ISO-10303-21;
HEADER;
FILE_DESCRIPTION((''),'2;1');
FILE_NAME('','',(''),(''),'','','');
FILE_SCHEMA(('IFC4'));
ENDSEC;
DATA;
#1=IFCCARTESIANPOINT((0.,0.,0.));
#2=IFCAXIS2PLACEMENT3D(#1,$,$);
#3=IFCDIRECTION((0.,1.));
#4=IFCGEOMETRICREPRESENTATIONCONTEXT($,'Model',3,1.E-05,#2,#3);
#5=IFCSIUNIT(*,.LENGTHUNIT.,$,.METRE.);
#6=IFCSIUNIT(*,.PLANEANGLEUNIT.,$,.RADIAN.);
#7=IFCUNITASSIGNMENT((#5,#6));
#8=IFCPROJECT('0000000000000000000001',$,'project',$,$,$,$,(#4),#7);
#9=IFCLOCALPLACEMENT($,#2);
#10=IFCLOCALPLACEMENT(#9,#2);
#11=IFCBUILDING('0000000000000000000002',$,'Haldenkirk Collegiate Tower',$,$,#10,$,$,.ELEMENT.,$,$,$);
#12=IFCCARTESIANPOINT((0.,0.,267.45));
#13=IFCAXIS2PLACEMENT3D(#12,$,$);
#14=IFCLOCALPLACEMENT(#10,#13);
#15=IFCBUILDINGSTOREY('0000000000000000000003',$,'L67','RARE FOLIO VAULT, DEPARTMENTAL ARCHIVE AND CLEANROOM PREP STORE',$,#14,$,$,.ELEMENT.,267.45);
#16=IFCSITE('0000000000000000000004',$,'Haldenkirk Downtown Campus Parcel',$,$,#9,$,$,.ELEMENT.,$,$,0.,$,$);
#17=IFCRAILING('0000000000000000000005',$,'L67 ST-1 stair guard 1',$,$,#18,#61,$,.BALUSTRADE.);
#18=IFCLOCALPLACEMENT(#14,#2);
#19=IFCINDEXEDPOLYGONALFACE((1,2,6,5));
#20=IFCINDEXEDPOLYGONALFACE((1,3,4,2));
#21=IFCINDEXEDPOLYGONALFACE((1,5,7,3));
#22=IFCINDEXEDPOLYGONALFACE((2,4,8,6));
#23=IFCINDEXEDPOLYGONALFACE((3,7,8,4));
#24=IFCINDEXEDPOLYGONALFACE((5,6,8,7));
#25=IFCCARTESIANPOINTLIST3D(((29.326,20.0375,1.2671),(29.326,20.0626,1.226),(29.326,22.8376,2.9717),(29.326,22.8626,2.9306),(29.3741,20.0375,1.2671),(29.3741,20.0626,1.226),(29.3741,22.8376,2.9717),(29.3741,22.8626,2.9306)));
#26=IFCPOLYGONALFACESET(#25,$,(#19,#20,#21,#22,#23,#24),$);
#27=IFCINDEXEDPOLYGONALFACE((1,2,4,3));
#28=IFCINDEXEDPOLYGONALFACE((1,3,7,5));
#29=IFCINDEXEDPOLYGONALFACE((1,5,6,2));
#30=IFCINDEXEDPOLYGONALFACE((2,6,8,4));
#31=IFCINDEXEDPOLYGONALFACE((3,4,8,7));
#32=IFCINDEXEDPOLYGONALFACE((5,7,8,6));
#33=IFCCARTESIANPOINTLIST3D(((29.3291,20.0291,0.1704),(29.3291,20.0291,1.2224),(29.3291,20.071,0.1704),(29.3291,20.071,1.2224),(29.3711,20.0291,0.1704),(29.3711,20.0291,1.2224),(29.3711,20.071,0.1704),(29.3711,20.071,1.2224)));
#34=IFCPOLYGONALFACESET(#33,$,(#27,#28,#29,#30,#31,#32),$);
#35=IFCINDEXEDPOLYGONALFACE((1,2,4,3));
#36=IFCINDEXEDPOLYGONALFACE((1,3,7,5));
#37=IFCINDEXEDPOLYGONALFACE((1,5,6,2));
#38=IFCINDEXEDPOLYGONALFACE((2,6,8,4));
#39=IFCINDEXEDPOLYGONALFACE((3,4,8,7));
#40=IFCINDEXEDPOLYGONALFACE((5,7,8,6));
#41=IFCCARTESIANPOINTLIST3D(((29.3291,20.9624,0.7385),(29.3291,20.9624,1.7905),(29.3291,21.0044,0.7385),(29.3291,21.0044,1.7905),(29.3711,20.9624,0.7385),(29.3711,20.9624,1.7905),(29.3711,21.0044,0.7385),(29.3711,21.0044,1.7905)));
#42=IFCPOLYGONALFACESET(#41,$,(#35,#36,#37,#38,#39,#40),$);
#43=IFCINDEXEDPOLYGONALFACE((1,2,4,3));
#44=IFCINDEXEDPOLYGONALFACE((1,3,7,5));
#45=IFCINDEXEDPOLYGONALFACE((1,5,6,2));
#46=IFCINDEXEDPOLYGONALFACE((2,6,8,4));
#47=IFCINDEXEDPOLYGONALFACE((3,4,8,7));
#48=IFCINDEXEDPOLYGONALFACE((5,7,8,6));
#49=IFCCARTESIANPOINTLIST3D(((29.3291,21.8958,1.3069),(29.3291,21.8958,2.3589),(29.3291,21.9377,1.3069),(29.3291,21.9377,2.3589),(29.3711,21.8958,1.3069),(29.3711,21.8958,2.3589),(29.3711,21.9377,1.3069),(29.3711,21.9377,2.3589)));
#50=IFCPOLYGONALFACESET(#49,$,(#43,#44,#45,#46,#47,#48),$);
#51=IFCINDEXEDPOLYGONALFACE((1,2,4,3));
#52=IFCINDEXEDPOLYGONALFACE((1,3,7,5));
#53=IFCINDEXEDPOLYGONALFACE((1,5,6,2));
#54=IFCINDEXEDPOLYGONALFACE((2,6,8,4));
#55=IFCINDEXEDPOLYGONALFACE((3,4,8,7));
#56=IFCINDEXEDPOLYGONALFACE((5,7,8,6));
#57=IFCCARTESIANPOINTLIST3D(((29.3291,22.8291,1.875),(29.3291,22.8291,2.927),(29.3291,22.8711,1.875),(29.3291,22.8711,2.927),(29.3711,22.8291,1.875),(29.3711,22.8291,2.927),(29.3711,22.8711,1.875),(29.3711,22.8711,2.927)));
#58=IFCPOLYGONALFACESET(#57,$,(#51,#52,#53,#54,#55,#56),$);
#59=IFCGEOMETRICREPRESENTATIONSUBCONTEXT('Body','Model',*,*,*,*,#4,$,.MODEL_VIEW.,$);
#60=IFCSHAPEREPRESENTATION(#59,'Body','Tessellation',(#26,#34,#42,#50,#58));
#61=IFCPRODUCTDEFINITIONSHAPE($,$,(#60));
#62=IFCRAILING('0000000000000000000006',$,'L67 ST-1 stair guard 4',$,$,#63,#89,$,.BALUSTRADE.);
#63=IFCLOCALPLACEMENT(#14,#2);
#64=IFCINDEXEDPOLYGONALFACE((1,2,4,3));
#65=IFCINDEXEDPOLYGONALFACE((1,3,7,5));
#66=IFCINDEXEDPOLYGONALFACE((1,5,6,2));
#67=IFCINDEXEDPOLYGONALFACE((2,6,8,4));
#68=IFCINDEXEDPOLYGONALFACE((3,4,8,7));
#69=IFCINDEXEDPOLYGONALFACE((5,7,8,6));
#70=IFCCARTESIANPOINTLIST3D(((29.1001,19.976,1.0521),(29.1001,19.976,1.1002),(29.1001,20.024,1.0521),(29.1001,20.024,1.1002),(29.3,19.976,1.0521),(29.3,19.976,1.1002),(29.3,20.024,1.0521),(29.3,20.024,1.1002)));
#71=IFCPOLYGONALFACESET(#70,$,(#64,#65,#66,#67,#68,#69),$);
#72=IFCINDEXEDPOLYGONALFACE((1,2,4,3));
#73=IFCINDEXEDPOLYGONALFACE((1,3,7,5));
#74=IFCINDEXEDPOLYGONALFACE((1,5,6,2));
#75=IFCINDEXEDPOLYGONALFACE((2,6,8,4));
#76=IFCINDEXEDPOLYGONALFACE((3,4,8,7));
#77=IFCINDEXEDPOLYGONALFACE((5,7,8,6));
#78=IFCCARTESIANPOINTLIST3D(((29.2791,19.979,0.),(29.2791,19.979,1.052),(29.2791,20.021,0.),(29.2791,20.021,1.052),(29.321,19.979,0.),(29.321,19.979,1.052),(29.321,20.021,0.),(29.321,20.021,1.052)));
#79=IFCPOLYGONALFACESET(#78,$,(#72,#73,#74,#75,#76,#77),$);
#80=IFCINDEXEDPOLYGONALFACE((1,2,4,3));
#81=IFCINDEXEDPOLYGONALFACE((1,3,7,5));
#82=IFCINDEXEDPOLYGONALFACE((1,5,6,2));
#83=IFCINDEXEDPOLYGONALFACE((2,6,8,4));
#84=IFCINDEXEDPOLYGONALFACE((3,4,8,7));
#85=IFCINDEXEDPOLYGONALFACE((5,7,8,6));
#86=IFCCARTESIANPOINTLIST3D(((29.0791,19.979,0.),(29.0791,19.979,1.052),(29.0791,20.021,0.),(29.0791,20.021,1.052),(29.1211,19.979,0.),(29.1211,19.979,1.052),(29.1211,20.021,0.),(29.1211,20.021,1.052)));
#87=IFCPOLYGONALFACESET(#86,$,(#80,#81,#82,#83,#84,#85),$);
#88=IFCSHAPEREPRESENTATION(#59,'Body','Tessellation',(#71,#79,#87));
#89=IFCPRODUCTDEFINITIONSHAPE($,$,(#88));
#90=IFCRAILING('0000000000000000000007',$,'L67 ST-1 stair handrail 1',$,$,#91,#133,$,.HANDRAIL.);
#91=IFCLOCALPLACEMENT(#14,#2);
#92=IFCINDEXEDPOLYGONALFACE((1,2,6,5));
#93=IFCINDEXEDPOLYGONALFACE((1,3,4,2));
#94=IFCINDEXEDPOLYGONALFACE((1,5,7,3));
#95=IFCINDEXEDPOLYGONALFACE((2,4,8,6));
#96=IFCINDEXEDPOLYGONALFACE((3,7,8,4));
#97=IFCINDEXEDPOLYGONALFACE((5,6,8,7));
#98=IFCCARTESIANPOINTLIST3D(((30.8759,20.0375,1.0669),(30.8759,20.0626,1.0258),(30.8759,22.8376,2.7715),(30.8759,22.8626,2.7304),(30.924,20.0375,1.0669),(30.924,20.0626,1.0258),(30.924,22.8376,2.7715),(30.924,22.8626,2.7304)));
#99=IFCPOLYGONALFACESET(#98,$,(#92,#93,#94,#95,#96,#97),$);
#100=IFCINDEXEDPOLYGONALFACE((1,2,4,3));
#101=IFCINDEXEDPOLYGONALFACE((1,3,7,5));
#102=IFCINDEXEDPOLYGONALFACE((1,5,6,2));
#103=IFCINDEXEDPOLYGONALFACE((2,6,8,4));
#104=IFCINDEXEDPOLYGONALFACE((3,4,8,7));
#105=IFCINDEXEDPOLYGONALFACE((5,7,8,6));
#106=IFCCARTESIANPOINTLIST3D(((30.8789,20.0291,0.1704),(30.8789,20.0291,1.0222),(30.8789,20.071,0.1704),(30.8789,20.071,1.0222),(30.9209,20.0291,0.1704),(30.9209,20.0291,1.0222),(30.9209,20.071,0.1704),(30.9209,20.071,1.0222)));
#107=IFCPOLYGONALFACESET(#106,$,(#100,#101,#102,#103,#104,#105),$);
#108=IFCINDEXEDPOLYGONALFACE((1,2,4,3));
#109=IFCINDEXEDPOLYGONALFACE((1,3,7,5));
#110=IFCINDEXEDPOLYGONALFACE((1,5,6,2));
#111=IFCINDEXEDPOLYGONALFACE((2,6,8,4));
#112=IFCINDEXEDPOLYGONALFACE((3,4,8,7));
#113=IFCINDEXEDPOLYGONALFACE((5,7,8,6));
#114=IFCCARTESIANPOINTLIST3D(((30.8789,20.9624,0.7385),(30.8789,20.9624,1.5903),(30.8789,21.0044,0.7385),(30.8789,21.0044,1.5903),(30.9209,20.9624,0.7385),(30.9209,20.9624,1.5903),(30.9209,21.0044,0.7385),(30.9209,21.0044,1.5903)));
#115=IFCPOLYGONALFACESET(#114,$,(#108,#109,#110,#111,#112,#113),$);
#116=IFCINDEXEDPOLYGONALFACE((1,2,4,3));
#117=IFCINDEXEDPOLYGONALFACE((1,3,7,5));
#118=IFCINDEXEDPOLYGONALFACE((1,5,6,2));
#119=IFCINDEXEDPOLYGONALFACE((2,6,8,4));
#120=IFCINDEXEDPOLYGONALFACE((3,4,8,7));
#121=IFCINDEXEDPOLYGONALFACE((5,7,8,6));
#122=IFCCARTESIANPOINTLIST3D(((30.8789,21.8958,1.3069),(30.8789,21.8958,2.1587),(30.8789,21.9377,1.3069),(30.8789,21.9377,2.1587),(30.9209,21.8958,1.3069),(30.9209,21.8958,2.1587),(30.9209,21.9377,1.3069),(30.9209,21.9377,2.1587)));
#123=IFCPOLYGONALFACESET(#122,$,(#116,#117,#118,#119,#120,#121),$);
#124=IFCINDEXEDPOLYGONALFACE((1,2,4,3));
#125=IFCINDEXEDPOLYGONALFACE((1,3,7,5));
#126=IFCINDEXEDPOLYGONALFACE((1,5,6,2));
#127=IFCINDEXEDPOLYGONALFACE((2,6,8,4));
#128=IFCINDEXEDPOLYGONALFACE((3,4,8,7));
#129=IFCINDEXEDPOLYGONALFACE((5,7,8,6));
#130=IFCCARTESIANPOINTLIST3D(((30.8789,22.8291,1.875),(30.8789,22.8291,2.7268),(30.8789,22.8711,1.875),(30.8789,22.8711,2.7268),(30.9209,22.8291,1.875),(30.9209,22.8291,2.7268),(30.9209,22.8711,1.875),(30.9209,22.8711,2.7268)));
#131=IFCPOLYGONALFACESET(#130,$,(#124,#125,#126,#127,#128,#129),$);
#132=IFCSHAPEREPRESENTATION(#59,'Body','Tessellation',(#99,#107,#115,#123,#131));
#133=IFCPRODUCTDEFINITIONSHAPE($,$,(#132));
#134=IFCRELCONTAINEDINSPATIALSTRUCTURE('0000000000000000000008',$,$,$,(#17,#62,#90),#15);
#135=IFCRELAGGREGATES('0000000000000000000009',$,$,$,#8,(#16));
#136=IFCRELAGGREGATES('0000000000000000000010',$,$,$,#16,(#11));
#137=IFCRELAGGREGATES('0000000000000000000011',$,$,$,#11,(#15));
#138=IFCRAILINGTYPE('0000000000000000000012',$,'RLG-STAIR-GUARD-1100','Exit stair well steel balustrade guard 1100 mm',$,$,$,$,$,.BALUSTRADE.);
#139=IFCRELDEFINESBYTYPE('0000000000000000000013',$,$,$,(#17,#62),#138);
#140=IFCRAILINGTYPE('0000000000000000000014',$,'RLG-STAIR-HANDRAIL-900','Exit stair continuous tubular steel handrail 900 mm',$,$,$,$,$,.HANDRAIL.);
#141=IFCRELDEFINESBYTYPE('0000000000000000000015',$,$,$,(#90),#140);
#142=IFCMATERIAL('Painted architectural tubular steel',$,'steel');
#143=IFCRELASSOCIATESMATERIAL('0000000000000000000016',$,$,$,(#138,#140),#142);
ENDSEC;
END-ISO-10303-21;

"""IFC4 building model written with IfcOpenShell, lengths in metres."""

from ifc_helpers import new_model, si_unit, direction, frame, origin, origin_2d, place, context, subcontext, project, spatial, rectangle, extrude, material, type_object, element, save


model = new_model("IFC4")

# Units and contexts
model_context = context("Model", 3, precision=1e-05, world=origin(), true_north=direction((0.0, 1.0)))
body_context = subcontext(model_context, "Body", "Model", "MODEL_VIEW")
ifc_project = project(units=[si_unit("LENGTHUNIT", "METRE"), si_unit("PLANEANGLEUNIT", "RADIAN")], contexts=[model_context])

# Site, building, storey
site_placement = place(None, origin())
site = spatial("IfcSite", under=ifc_project, at=site_placement, Name="Haldenkirk Downtown Campus Parcel", CompositionType="ELEMENT", RefElevation=0.0)
building_placement = place(site_placement, origin())
building = spatial("IfcBuilding", under=site, at=building_placement, Name="Haldenkirk Collegiate Tower", CompositionType="ELEMENT")
storey_placement = place(building_placement, frame((0.0, 0.0, 267.45)))
storey = spatial("IfcBuildingStorey", under=building, at=storey_placement, Name="L67", Description="RARE FOLIO VAULT, DEPARTMENTAL ARCHIVE AND CLEANROOM PREP STORE", CompositionType="ELEMENT", Elevation=267.45)

# Railings
ifc_material_1 = material(Name="Painted architectural tubular steel", Category="steel")
railing_type_1 = type_object("IfcRailingType", Name="RLG-STAIR-GUARD-1100", Description="Exit stair well steel balustrade guard 1100 mm", PredefinedType="BALUSTRADE", material=ifc_material_1)
railing_1_placement = place(storey_placement, frame((29.3501, 20.05, 0.1704)))
element("IfcRailing", 1, at=railing_1_placement, inside=storey, type_object=railing_type_1, Name="L67 ST-1 stair guard 1", PredefinedType="BALUSTRADE", context=body_context, shape_type="SweptSolid", body=[
    extrude(rectangle(XDim=0.0481, YDim=0.0481, at=origin_2d()), frame((0.0, 0.0, 1.0762), z_axis=(0.0, 0.85417, 0.519994), x_axis=(-1.0, 0.0, 0.0)), (0.0, 0.0, 1.0), 3.2781),
    extrude(rectangle(XDim=0.042, YDim=0.042, at=origin_2d()), origin(), (0.0, 0.0, 1.0), 1.052),
    extrude(rectangle(XDim=0.042, YDim=0.042, at=origin_2d()), frame((0.0, 0.9333, 0.5681)), (0.0, 0.0, 1.0), 1.052),
    extrude(rectangle(XDim=0.042, YDim=0.042, at=origin_2d()), frame((0.0, 1.8667, 1.1365)), (0.0, 0.0, 1.0), 1.052),
    extrude(rectangle(XDim=0.042, YDim=0.042, at=origin_2d()), frame((0.0, 2.8, 1.7046)), (0.0, 0.0, 1.0), 1.052),
])
railing_2_placement = place(storey_placement, frame((29.3, 20.0, 0.0)))
element("IfcRailing", 2, at=railing_2_placement, inside=storey, type_object=railing_type_1, Name="L67 ST-1 stair guard 4", PredefinedType="BALUSTRADE", context=body_context, shape_type="SweptSolid", body=[
    extrude(rectangle(XDim=0.0481, YDim=0.0481, at=origin_2d()), frame((0.0, 0.0, 1.0762), z_axis=(-1.0, 0.0, 0.0), x_axis=(0.0, -1.0, 0.0)), (0.0, 0.0, 1.0), 0.2),
    extrude(rectangle(XDim=0.042, YDim=0.042, at=origin_2d()), origin(), (0.0, 0.0, 1.0), 1.052),
    extrude(rectangle(XDim=0.042, YDim=0.042, at=origin_2d()), frame((-0.2, 0.0, 0.0)), (0.0, 0.0, 1.0), 1.052),
])
railing_type_2 = type_object("IfcRailingType", Name="RLG-STAIR-HANDRAIL-900", Description="Exit stair continuous tubular steel handrail 900 mm", PredefinedType="HANDRAIL", material=ifc_material_1)
railing_3_placement = place(storey_placement, frame((30.8999, 20.05, 0.1704)))
element("IfcRailing", 3, at=railing_3_placement, inside=storey, type_object=railing_type_2, Name="L67 ST-1 stair handrail 1", PredefinedType="HANDRAIL", context=body_context, shape_type="SweptSolid", body=[
    extrude(rectangle(XDim=0.0481, YDim=0.0481, at=origin_2d()), frame((0.0, 0.0, 0.876), z_axis=(0.0, 0.85417, 0.519994), x_axis=(-1.0, 0.0, 0.0)), (0.0, 0.0, 1.0), 3.2781),
    extrude(rectangle(XDim=0.042, YDim=0.042, at=origin_2d()), origin(), (0.0, 0.0, 1.0), 0.8518),
    extrude(rectangle(XDim=0.042, YDim=0.042, at=origin_2d()), frame((0.0, 0.9333, 0.5681)), (0.0, 0.0, 1.0), 0.8518),
    extrude(rectangle(XDim=0.042, YDim=0.042, at=origin_2d()), frame((0.0, 1.8667, 1.1365)), (0.0, 0.0, 1.0), 0.8518),
    extrude(rectangle(XDim=0.042, YDim=0.042, at=origin_2d()), frame((0.0, 2.8, 1.7046)), (0.0, 0.0, 1.0), 0.8518),
])

save(model, "model.ifc")
